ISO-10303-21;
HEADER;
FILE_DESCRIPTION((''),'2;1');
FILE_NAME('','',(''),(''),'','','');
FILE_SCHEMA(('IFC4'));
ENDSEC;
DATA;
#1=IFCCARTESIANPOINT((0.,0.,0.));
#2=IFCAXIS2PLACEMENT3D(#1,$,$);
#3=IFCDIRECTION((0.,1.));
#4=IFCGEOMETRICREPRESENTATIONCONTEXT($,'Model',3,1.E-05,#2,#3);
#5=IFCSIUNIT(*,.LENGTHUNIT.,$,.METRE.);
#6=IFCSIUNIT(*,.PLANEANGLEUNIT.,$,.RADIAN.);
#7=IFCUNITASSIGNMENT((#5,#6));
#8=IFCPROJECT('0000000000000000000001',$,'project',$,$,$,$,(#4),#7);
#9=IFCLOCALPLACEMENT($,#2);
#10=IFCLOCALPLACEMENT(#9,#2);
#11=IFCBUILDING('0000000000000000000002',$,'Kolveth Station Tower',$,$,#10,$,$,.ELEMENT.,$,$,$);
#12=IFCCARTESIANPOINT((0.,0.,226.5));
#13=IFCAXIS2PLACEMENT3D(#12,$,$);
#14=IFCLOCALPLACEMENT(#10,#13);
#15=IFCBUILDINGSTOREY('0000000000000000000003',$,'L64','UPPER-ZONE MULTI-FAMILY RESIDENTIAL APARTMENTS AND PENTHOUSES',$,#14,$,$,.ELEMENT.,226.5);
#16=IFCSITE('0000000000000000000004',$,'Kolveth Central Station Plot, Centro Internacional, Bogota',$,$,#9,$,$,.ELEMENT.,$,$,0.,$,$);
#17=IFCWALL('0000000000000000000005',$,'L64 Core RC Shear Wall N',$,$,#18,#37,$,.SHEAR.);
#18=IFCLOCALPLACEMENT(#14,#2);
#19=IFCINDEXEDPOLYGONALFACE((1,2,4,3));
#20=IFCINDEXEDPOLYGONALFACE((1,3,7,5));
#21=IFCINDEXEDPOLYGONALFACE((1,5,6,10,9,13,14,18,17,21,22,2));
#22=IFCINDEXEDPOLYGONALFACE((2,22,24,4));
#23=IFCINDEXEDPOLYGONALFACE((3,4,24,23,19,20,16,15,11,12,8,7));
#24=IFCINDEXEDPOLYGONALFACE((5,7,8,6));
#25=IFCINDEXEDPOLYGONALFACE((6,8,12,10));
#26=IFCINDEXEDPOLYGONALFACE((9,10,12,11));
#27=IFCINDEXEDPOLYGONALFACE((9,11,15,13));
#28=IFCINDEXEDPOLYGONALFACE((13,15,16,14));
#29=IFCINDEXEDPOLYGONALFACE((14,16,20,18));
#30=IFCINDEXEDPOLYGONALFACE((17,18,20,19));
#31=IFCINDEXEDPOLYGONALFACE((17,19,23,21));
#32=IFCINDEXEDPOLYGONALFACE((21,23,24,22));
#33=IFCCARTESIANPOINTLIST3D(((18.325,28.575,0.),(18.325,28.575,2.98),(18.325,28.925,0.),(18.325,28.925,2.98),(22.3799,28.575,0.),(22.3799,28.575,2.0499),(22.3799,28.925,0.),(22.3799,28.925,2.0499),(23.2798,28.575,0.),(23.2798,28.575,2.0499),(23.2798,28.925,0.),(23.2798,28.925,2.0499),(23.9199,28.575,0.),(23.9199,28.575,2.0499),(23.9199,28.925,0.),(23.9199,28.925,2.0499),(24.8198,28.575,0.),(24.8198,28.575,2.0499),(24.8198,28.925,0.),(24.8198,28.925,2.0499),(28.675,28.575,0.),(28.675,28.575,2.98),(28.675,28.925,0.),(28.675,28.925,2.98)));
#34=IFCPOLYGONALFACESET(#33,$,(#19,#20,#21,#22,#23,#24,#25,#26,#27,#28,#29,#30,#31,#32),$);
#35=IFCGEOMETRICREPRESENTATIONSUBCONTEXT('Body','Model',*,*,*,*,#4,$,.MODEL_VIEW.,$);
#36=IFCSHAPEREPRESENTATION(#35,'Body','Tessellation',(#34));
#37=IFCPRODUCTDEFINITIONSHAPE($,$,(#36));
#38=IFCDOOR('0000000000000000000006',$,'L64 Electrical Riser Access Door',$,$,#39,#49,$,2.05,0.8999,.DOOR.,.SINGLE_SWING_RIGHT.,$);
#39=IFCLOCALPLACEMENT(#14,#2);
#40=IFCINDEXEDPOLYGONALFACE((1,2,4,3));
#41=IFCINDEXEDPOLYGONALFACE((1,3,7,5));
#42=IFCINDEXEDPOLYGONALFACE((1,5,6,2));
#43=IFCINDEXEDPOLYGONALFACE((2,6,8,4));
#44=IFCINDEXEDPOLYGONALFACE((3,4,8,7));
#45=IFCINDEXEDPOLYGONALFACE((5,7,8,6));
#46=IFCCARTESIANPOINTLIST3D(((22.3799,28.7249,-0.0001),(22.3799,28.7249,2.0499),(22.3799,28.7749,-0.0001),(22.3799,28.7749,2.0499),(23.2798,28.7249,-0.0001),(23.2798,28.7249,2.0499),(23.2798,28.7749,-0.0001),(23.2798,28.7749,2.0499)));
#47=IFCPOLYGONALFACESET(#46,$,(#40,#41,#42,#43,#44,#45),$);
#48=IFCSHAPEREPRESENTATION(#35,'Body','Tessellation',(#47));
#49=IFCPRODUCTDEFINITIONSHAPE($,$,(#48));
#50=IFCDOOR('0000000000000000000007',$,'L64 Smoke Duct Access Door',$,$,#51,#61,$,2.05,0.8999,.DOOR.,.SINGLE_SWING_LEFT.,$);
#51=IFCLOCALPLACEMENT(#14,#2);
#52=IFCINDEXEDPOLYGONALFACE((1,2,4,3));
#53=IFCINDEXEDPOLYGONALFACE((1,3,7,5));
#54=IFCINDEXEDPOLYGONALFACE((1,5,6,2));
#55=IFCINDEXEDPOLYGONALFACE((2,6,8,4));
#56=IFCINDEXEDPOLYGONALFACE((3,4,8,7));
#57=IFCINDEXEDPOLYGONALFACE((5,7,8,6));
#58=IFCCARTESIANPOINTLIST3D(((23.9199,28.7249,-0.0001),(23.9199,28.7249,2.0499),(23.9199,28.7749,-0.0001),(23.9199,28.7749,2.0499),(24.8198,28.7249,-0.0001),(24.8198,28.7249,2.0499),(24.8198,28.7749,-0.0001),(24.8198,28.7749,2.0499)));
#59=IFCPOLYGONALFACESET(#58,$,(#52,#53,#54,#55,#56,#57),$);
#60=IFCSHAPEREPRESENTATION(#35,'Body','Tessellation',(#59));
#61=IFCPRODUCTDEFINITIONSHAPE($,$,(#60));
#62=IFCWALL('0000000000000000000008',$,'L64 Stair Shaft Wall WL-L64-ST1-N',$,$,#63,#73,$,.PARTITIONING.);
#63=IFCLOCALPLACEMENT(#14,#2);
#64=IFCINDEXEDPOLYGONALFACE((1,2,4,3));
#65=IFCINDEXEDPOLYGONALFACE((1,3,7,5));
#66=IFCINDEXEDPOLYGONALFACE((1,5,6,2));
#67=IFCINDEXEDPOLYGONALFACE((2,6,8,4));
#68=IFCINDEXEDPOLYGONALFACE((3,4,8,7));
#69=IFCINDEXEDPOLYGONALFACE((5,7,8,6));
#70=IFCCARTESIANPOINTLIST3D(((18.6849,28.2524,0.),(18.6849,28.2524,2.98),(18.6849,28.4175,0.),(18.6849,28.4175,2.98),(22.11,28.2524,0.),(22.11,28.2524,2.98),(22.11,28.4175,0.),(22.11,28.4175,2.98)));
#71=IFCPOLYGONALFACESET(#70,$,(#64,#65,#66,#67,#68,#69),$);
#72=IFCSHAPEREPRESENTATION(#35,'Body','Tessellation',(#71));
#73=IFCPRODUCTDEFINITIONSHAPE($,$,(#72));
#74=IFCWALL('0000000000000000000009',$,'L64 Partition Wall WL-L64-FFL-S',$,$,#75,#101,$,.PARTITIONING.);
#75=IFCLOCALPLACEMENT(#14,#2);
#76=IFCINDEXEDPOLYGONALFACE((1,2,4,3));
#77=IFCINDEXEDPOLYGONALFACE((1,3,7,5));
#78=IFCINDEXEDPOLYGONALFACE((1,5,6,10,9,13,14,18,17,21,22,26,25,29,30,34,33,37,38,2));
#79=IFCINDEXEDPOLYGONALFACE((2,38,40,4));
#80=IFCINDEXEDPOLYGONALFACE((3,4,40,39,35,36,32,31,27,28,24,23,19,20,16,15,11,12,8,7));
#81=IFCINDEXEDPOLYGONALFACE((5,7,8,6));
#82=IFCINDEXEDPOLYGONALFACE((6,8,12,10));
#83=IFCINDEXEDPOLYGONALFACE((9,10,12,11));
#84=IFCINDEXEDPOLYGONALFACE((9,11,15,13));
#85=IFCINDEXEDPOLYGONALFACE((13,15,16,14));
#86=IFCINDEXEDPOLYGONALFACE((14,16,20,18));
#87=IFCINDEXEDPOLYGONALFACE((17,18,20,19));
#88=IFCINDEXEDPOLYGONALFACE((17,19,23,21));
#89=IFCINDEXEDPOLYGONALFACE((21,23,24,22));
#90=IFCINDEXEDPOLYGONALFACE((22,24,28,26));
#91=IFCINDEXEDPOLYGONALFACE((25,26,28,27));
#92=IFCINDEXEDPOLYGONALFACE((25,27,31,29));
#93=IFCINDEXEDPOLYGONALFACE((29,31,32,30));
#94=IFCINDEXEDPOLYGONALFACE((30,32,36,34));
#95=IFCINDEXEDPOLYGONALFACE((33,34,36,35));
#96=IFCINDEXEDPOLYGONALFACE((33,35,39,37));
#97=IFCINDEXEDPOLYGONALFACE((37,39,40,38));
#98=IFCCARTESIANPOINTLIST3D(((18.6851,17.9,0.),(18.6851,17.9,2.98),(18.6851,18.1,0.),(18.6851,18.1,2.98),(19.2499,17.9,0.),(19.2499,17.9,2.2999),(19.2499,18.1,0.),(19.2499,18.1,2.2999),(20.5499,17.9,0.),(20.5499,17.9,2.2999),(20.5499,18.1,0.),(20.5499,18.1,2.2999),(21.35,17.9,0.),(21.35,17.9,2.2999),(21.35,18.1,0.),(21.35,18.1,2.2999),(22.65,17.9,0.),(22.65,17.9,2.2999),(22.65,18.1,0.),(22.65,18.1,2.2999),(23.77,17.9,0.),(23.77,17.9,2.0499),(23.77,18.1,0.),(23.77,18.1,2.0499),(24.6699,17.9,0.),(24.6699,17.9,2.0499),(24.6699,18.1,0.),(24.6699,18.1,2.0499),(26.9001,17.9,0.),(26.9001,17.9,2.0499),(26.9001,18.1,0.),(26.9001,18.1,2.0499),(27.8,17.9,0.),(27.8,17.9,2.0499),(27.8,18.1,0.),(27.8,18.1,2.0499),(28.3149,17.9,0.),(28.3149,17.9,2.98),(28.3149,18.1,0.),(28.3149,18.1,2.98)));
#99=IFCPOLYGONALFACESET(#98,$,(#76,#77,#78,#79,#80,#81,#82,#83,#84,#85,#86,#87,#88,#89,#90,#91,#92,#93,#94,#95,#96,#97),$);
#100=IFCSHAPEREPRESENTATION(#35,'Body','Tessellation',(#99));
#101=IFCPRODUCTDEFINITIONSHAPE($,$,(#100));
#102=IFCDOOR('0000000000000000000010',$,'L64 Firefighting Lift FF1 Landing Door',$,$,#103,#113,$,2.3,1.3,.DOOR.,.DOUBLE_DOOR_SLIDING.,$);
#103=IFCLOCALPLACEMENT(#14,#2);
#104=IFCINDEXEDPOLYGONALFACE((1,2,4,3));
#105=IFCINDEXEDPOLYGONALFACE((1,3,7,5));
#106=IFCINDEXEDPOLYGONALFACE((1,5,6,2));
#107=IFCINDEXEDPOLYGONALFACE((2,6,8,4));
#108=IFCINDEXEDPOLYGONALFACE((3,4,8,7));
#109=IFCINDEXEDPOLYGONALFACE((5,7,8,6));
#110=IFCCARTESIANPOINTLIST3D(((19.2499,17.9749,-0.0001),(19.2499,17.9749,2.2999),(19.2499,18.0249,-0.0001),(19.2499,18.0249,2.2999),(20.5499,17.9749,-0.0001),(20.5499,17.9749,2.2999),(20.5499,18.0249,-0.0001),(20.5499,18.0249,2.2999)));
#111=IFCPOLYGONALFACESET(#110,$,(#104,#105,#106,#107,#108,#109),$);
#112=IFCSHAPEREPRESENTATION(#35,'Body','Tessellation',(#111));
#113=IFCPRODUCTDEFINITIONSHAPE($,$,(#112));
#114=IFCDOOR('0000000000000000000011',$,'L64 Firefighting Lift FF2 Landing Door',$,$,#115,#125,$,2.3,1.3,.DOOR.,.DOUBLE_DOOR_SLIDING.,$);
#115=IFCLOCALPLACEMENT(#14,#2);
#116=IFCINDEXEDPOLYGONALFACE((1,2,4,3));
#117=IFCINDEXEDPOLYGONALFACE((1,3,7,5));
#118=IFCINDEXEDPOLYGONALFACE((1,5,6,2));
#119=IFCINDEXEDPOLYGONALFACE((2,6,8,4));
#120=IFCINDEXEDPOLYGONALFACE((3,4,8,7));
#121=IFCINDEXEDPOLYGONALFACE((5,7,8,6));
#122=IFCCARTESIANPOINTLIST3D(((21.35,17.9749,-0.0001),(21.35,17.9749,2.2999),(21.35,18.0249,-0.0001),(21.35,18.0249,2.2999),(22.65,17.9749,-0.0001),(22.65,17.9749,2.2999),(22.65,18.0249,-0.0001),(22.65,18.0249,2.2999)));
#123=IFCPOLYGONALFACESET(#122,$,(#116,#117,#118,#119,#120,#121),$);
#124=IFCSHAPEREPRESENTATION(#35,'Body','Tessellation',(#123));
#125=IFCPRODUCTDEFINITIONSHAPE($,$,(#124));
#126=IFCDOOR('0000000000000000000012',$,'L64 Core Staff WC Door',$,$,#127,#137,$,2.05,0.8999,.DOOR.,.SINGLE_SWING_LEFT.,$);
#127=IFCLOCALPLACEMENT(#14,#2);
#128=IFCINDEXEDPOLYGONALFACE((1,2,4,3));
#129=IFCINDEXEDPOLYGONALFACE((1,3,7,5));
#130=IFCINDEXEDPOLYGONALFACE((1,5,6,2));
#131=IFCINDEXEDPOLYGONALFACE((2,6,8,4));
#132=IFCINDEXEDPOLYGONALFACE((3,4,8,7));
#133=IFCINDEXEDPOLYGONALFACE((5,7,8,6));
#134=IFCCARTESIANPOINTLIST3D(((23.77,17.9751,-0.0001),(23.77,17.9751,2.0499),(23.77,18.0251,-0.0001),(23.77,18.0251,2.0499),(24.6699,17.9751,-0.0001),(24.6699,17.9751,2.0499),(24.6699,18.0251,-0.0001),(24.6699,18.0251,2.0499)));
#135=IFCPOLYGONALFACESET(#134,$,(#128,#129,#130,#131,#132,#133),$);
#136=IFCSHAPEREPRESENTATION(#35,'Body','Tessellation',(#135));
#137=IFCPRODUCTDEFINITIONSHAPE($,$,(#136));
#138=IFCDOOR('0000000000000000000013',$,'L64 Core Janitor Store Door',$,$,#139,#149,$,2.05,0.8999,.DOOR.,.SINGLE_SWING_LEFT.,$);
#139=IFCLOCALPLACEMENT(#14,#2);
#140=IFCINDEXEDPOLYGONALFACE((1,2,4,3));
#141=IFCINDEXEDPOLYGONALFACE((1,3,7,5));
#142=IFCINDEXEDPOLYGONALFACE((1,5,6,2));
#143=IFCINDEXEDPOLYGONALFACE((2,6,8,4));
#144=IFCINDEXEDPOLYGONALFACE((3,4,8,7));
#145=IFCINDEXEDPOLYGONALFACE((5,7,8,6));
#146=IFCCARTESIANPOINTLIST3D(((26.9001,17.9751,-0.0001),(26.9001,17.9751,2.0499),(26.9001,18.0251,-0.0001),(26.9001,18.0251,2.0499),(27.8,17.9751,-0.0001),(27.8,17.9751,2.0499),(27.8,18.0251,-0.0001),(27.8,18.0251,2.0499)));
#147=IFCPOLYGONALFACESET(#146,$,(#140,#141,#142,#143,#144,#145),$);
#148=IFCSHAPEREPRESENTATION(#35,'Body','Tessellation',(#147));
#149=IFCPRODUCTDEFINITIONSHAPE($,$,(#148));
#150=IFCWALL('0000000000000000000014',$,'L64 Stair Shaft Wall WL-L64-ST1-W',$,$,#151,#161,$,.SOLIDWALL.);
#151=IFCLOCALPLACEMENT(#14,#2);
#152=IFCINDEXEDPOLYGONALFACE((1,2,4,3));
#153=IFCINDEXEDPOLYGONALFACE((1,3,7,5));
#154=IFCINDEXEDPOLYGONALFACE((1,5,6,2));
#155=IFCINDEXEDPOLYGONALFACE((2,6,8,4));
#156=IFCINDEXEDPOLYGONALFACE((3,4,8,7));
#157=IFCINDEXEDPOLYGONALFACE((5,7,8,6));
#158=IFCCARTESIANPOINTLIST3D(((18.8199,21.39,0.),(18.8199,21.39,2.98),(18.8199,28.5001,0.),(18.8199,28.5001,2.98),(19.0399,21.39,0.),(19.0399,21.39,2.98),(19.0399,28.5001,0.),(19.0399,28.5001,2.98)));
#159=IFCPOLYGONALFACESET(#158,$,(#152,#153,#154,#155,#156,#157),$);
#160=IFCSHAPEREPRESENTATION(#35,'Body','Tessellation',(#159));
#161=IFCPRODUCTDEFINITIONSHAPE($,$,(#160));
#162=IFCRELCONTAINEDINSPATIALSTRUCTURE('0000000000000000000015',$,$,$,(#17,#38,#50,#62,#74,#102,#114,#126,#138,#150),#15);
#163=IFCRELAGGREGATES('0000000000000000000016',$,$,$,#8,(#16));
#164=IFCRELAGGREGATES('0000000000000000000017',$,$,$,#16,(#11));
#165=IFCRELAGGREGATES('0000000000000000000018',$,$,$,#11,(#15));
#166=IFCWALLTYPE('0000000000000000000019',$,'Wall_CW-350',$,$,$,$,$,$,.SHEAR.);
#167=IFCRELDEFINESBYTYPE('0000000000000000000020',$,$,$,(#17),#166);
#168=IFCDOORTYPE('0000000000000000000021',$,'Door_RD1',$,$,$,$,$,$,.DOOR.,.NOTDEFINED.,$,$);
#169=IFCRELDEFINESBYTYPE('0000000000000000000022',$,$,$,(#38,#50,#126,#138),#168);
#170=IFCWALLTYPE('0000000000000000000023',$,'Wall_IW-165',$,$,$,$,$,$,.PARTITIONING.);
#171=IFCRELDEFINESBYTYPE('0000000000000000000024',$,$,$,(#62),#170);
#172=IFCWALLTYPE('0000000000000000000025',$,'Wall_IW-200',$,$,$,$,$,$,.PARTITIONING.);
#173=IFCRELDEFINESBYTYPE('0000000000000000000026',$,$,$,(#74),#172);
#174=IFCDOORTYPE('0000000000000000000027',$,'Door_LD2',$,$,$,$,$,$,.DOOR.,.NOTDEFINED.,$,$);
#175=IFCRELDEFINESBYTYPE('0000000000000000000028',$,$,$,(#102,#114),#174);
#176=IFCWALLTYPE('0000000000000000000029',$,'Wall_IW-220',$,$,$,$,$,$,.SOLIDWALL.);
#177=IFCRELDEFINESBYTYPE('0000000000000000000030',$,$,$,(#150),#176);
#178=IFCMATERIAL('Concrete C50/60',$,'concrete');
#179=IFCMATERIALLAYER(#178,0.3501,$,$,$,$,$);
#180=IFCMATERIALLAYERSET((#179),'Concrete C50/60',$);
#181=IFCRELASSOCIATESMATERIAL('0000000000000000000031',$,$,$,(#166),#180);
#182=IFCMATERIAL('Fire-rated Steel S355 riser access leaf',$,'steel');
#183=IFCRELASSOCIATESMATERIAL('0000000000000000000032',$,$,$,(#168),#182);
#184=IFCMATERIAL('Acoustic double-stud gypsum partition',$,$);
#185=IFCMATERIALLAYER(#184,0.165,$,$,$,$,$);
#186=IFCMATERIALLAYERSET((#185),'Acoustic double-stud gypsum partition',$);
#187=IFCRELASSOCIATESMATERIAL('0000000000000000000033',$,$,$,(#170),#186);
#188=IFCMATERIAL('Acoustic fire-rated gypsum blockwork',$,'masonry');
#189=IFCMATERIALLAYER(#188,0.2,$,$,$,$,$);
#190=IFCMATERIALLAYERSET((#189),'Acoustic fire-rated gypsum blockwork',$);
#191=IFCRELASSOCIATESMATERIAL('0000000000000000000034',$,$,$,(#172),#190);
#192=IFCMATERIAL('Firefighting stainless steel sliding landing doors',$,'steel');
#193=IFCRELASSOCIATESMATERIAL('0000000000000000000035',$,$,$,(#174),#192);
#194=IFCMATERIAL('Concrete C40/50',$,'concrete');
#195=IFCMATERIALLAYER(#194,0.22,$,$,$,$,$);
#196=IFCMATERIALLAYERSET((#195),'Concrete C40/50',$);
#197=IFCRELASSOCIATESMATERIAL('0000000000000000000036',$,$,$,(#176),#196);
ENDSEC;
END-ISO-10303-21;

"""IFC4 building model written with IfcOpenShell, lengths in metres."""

from ifc_helpers import new_model, si_unit, direction, frame, frame_2d, origin, place, context, subcontext, project, spatial, rectangle, extrude, material, layer, layer_set, type_object, element, fill, save


model = new_model("IFC4")

# Units and contexts
model_context = context("Model", 3, precision=1e-05, world=origin(), true_north=direction((0.0, 1.0)))
body_context = subcontext(model_context, "Body", "Model", "MODEL_VIEW")
ifc_project = project(units=[si_unit("LENGTHUNIT", "METRE"), si_unit("PLANEANGLEUNIT", "RADIAN")], contexts=[model_context])

# Site, building, storey
site_placement = place(None, origin())
site = spatial("IfcSite", under=ifc_project, at=site_placement, Name="Kolveth Central Station Plot, Centro Internacional, Bogota", CompositionType="ELEMENT", RefElevation=0.0)
building_placement = place(site_placement, origin())
building = spatial("IfcBuilding", under=site, at=building_placement, Name="Kolveth Station Tower", CompositionType="ELEMENT")
storey_placement = place(building_placement, frame((0.0, 0.0, 226.5)))
storey = spatial("IfcBuildingStorey", under=building, at=storey_placement, Name="L64", Description="UPPER-ZONE MULTI-FAMILY RESIDENTIAL APARTMENTS AND PENTHOUSES", CompositionType="ELEMENT", Elevation=226.5)

# Wall, openings, doors
ifc_material_1 = material(Name="Concrete C50/60", Category="concrete")
ifc_layer_1 = layer(ifc_material_1, 0.3501)
ifc_layer_set_1 = layer_set([ifc_layer_1], Name="Concrete C50/60")
wall_type_1 = type_object("IfcWallType", Name="Wall_CW-350", PredefinedType="SHEAR", material=ifc_layer_set_1)
wall_1_placement = place(storey_placement, frame((18.325, 28.75, 0.0), z_axis=(0.0, 0.0, 1.0), x_axis=(1.0, 0.0, 0.0)))
wall_1 = element("IfcWall", 1, at=wall_1_placement, inside=storey, type_object=wall_type_1, Name="L64 Core RC Shear Wall N", PredefinedType="SHEAR", context=body_context, shape_type="SweptSolid", body=[
    extrude(rectangle(XDim=10.3501, YDim=0.3501, at=frame_2d((5.175, 0.0))), origin(), (0.0, 0.0, 1.0), 2.98),
])
opening_1_placement = place(wall_1_placement, frame((4.0549, 0.0, 0.0)))
opening_1 = element("IfcOpeningElement", 2, at=opening_1_placement, cuts=wall_1, PredefinedType="OPENING", context=body_context, shape_type="SweptSolid", body=[
    extrude(rectangle(XDim=0.8999, YDim=2.05, at=frame_2d((0.45, 1.0249))), frame((0.0, 0.1851, 0.0), z_axis=(0.0, -1.0, 0.0), x_axis=(1.0, 0.0, 0.0)), (0.0, 0.0, 1.0), 0.3701),
])
opening_2_placement = place(wall_1_placement, frame((5.595, 0.0, 0.0)))
opening_2 = element("IfcOpeningElement", 3, at=opening_2_placement, cuts=wall_1, PredefinedType="OPENING", context=body_context, shape_type="SweptSolid", body=[
    extrude(rectangle(XDim=0.8999, YDim=2.05, at=frame_2d((0.45, 1.0249))), frame((0.0, 0.1851, 0.0), z_axis=(0.0, -1.0, 0.0), x_axis=(1.0, 0.0, 0.0)), (0.0, 0.0, 1.0), 0.3701),
])
ifc_material_2 = material(Name="Fire-rated Steel S355 riser access leaf", Category="steel")
door_type_1 = type_object("IfcDoorType", Name="Door_RD1", OperationType="NOTDEFINED", PredefinedType="DOOR", material=ifc_material_2)
door_1_placement = place(opening_1_placement, origin())
door_1 = element("IfcDoor", 4, at=door_1_placement, inside=storey, type_object=door_type_1, Name="L64 Electrical Riser Access Door", OperationType="SINGLE_SWING_RIGHT", OverallHeight=2.05, OverallWidth=0.8999, PredefinedType="DOOR", context=body_context, shape_type="SweptSolid", body=[
    extrude(rectangle(XDim=0.8999, YDim=2.05, at=frame_2d((0.45, 1.0249))), frame((0.0, 0.0249, 0.0), z_axis=(0.0, -1.0, 0.0), x_axis=(1.0, 0.0, 0.0)), (0.0, 0.0, 1.0), 0.05),
])
fill(opening_1, door_1)
door_2_placement = place(opening_2_placement, origin())
door_2 = element("IfcDoor", 5, at=door_2_placement, inside=storey, type_object=door_type_1, Name="L64 Smoke Duct Access Door", OperationType="SINGLE_SWING_LEFT", OverallHeight=2.05, OverallWidth=0.8999, PredefinedType="DOOR", context=body_context, shape_type="SweptSolid", body=[
    extrude(rectangle(XDim=0.8999, YDim=2.05, at=frame_2d((0.45, 1.0249))), frame((0.0, 0.0249, 0.0), z_axis=(0.0, -1.0, 0.0), x_axis=(1.0, 0.0, 0.0)), (0.0, 0.0, 1.0), 0.05),
])
fill(opening_2, door_2)

# Wall
ifc_material_3 = material(Name="Acoustic double-stud gypsum partition")
ifc_layer_2 = layer(ifc_material_3, 0.165)
ifc_layer_set_2 = layer_set([ifc_layer_2], Name="Acoustic double-stud gypsum partition")
wall_type_2 = type_object("IfcWallType", Name="Wall_IW-165", PredefinedType="PARTITIONING", material=ifc_layer_set_2)
wall_2_placement = place(storey_placement, frame((18.6851, 28.335, 0.0), z_axis=(0.0, 0.0, 1.0), x_axis=(1.0, 0.0, 0.0)))
element("IfcWall", 6, at=wall_2_placement, inside=storey, type_object=wall_type_2, Name="L64 Stair Shaft Wall WL-L64-ST1-N", PredefinedType="PARTITIONING", context=body_context, shape_type="SweptSolid", body=[
    extrude(rectangle(XDim=3.425, YDim=0.165, at=frame_2d((1.7124, 0.0))), origin(), (0.0, 0.0, 1.0), 2.98),
])

# Wall, openings, doors
ifc_material_4 = material(Name="Acoustic fire-rated gypsum blockwork", Category="masonry")
ifc_layer_3 = layer(ifc_material_4, 0.2)
ifc_layer_set_3 = layer_set([ifc_layer_3], Name="Acoustic fire-rated gypsum blockwork")
wall_type_3 = type_object("IfcWallType", Name="Wall_IW-200", PredefinedType="PARTITIONING", material=ifc_layer_set_3)
wall_3_placement = place(storey_placement, frame((18.6851, 18.0, 0.0), z_axis=(0.0, 0.0, 1.0), x_axis=(1.0, 0.0, 0.0)))
wall_3 = element("IfcWall", 7, at=wall_3_placement, inside=storey, type_object=wall_type_3, Name="L64 Partition Wall WL-L64-FFL-S", PredefinedType="PARTITIONING", context=body_context, shape_type="SweptSolid", body=[
    extrude(rectangle(XDim=9.6299, YDim=0.2, at=frame_2d((4.8149, 0.0))), origin(), (0.0, 0.0, 1.0), 2.98),
])
opening_3_placement = place(wall_3_placement, frame((0.5649, 0.0, 0.0)))
opening_3 = element("IfcOpeningElement", 8, at=opening_3_placement, cuts=wall_3, PredefinedType="OPENING", context=body_context, shape_type="SweptSolid", body=[
    extrude(rectangle(XDim=1.3, YDim=2.3, at=frame_2d((0.6499, 1.1499))), frame((0.0, 0.1099, 0.0), z_axis=(0.0, -1.0, 0.0), x_axis=(1.0, 0.0, 0.0)), (0.0, 0.0, 1.0), 0.22),
])
opening_4_placement = place(wall_3_placement, frame((2.665, 0.0, 0.0)))
opening_4 = element("IfcOpeningElement", 9, at=opening_4_placement, cuts=wall_3, PredefinedType="OPENING", context=body_context, shape_type="SweptSolid", body=[
    extrude(rectangle(XDim=1.3, YDim=2.3, at=frame_2d((0.6499, 1.1499))), frame((0.0, 0.1099, 0.0), z_axis=(0.0, -1.0, 0.0), x_axis=(1.0, 0.0, 0.0)), (0.0, 0.0, 1.0), 0.22),
])
opening_5_placement = place(wall_3_placement, frame((5.085, 0.0, 0.0)))
opening_5 = element("IfcOpeningElement", 10, at=opening_5_placement, cuts=wall_3, PredefinedType="OPENING", context=body_context, shape_type="SweptSolid", body=[
    extrude(rectangle(XDim=0.8999, YDim=2.05, at=frame_2d((0.45, 1.0249))), frame((0.0, 0.1099, 0.0), z_axis=(0.0, -1.0, 0.0), x_axis=(1.0, 0.0, 0.0)), (0.0, 0.0, 1.0), 0.22),
])
opening_6_placement = place(wall_3_placement, frame((8.2151, 0.0, 0.0)))
opening_6 = element("IfcOpeningElement", 11, at=opening_6_placement, cuts=wall_3, PredefinedType="OPENING", context=body_context, shape_type="SweptSolid", body=[
    extrude(rectangle(XDim=0.8999, YDim=2.05, at=frame_2d((0.45, 1.0249))), frame((0.0, 0.1099, 0.0), z_axis=(0.0, -1.0, 0.0), x_axis=(1.0, 0.0, 0.0)), (0.0, 0.0, 1.0), 0.22),
])
ifc_material_5 = material(Name="Firefighting stainless steel sliding landing doors", Category="steel")
door_type_2 = type_object("IfcDoorType", Name="Door_LD2", OperationType="NOTDEFINED", PredefinedType="DOOR", material=ifc_material_5)
door_3_placement = place(opening_3_placement, origin())
door_3 = element("IfcDoor", 12, at=door_3_placement, inside=storey, type_object=door_type_2, Name="L64 Firefighting Lift FF1 Landing Door", OperationType="DOUBLE_DOOR_SLIDING", OverallHeight=2.3, OverallWidth=1.3, PredefinedType="DOOR", context=body_context, shape_type="SweptSolid", body=[
    extrude(rectangle(XDim=1.3, YDim=2.3, at=frame_2d((0.6499, 1.1499))), frame((0.0, 0.0249, 0.0), z_axis=(0.0, -1.0, 0.0), x_axis=(1.0, 0.0, 0.0)), (0.0, 0.0, 1.0), 0.05),
])
fill(opening_3, door_3)
door_4_placement = place(opening_4_placement, origin())
door_4 = element("IfcDoor", 13, at=door_4_placement, inside=storey, type_object=door_type_2, Name="L64 Firefighting Lift FF2 Landing Door", OperationType="DOUBLE_DOOR_SLIDING", OverallHeight=2.3, OverallWidth=1.3, PredefinedType="DOOR", context=body_context, shape_type="SweptSolid", body=[
    extrude(rectangle(XDim=1.3, YDim=2.3, at=frame_2d((0.6499, 1.1499))), frame((0.0, 0.0249, 0.0), z_axis=(0.0, -1.0, 0.0), x_axis=(1.0, 0.0, 0.0)), (0.0, 0.0, 1.0), 0.05),
])
fill(opening_4, door_4)
door_5_placement = place(opening_5_placement, frame((0.8999, 0.0, 0.0), z_axis=(0.0, 0.0, 1.0), x_axis=(-1.0, 0.0, 0.0)))
door_5 = element("IfcDoor", 14, at=door_5_placement, inside=storey, type_object=door_type_1, Name="L64 Core Staff WC Door", OperationType="SINGLE_SWING_LEFT", OverallHeight=2.05, OverallWidth=0.8999, PredefinedType="DOOR", context=body_context, shape_type="SweptSolid", body=[
    extrude(rectangle(XDim=0.8999, YDim=2.05, at=frame_2d((0.45, 1.0249))), frame((0.0, 0.0249, 0.0), z_axis=(0.0, -1.0, 0.0), x_axis=(1.0, 0.0, 0.0)), (0.0, 0.0, 1.0), 0.05),
])
fill(opening_5, door_5)
door_6_placement = place(opening_6_placement, frame((0.8999, 0.0, 0.0), z_axis=(0.0, 0.0, 1.0), x_axis=(-1.0, 0.0, 0.0)))
door_6 = element("IfcDoor", 15, at=door_6_placement, inside=storey, type_object=door_type_1, Name="L64 Core Janitor Store Door", OperationType="SINGLE_SWING_LEFT", OverallHeight=2.05, OverallWidth=0.8999, PredefinedType="DOOR", context=body_context, shape_type="SweptSolid", body=[
    extrude(rectangle(XDim=0.8999, YDim=2.05, at=frame_2d((0.45, 1.0249))), frame((0.0, 0.0249, 0.0), z_axis=(0.0, -1.0, 0.0), x_axis=(1.0, 0.0, 0.0)), (0.0, 0.0, 1.0), 0.05),
])
fill(opening_6, door_6)

# Wall
ifc_material_6 = material(Name="Concrete C40/50", Category="concrete")
ifc_layer_4 = layer(ifc_material_6, 0.22)
ifc_layer_set_4 = layer_set([ifc_layer_4], Name="Concrete C40/50")
wall_type_4 = type_object("IfcWallType", Name="Wall_IW-220", PredefinedType="SOLIDWALL", material=ifc_layer_set_4)
wall_4_placement = place(storey_placement, frame((18.9299, 21.3899, 0.0), z_axis=(0.0, 0.0, 1.0), x_axis=(0.0, 1.0, 0.0)))
element("IfcWall", 16, at=wall_4_placement, inside=storey, type_object=wall_type_4, Name="L64 Stair Shaft Wall WL-L64-ST1-W", PredefinedType="SOLIDWALL", context=body_context, shape_type="SweptSolid", body=[
    extrude(rectangle(XDim=7.1101, YDim=0.22, at=frame_2d((3.5552, 0.0))), origin(), (0.0, 0.0, 1.0), 2.98),
])

save(model, "model.ifc")
